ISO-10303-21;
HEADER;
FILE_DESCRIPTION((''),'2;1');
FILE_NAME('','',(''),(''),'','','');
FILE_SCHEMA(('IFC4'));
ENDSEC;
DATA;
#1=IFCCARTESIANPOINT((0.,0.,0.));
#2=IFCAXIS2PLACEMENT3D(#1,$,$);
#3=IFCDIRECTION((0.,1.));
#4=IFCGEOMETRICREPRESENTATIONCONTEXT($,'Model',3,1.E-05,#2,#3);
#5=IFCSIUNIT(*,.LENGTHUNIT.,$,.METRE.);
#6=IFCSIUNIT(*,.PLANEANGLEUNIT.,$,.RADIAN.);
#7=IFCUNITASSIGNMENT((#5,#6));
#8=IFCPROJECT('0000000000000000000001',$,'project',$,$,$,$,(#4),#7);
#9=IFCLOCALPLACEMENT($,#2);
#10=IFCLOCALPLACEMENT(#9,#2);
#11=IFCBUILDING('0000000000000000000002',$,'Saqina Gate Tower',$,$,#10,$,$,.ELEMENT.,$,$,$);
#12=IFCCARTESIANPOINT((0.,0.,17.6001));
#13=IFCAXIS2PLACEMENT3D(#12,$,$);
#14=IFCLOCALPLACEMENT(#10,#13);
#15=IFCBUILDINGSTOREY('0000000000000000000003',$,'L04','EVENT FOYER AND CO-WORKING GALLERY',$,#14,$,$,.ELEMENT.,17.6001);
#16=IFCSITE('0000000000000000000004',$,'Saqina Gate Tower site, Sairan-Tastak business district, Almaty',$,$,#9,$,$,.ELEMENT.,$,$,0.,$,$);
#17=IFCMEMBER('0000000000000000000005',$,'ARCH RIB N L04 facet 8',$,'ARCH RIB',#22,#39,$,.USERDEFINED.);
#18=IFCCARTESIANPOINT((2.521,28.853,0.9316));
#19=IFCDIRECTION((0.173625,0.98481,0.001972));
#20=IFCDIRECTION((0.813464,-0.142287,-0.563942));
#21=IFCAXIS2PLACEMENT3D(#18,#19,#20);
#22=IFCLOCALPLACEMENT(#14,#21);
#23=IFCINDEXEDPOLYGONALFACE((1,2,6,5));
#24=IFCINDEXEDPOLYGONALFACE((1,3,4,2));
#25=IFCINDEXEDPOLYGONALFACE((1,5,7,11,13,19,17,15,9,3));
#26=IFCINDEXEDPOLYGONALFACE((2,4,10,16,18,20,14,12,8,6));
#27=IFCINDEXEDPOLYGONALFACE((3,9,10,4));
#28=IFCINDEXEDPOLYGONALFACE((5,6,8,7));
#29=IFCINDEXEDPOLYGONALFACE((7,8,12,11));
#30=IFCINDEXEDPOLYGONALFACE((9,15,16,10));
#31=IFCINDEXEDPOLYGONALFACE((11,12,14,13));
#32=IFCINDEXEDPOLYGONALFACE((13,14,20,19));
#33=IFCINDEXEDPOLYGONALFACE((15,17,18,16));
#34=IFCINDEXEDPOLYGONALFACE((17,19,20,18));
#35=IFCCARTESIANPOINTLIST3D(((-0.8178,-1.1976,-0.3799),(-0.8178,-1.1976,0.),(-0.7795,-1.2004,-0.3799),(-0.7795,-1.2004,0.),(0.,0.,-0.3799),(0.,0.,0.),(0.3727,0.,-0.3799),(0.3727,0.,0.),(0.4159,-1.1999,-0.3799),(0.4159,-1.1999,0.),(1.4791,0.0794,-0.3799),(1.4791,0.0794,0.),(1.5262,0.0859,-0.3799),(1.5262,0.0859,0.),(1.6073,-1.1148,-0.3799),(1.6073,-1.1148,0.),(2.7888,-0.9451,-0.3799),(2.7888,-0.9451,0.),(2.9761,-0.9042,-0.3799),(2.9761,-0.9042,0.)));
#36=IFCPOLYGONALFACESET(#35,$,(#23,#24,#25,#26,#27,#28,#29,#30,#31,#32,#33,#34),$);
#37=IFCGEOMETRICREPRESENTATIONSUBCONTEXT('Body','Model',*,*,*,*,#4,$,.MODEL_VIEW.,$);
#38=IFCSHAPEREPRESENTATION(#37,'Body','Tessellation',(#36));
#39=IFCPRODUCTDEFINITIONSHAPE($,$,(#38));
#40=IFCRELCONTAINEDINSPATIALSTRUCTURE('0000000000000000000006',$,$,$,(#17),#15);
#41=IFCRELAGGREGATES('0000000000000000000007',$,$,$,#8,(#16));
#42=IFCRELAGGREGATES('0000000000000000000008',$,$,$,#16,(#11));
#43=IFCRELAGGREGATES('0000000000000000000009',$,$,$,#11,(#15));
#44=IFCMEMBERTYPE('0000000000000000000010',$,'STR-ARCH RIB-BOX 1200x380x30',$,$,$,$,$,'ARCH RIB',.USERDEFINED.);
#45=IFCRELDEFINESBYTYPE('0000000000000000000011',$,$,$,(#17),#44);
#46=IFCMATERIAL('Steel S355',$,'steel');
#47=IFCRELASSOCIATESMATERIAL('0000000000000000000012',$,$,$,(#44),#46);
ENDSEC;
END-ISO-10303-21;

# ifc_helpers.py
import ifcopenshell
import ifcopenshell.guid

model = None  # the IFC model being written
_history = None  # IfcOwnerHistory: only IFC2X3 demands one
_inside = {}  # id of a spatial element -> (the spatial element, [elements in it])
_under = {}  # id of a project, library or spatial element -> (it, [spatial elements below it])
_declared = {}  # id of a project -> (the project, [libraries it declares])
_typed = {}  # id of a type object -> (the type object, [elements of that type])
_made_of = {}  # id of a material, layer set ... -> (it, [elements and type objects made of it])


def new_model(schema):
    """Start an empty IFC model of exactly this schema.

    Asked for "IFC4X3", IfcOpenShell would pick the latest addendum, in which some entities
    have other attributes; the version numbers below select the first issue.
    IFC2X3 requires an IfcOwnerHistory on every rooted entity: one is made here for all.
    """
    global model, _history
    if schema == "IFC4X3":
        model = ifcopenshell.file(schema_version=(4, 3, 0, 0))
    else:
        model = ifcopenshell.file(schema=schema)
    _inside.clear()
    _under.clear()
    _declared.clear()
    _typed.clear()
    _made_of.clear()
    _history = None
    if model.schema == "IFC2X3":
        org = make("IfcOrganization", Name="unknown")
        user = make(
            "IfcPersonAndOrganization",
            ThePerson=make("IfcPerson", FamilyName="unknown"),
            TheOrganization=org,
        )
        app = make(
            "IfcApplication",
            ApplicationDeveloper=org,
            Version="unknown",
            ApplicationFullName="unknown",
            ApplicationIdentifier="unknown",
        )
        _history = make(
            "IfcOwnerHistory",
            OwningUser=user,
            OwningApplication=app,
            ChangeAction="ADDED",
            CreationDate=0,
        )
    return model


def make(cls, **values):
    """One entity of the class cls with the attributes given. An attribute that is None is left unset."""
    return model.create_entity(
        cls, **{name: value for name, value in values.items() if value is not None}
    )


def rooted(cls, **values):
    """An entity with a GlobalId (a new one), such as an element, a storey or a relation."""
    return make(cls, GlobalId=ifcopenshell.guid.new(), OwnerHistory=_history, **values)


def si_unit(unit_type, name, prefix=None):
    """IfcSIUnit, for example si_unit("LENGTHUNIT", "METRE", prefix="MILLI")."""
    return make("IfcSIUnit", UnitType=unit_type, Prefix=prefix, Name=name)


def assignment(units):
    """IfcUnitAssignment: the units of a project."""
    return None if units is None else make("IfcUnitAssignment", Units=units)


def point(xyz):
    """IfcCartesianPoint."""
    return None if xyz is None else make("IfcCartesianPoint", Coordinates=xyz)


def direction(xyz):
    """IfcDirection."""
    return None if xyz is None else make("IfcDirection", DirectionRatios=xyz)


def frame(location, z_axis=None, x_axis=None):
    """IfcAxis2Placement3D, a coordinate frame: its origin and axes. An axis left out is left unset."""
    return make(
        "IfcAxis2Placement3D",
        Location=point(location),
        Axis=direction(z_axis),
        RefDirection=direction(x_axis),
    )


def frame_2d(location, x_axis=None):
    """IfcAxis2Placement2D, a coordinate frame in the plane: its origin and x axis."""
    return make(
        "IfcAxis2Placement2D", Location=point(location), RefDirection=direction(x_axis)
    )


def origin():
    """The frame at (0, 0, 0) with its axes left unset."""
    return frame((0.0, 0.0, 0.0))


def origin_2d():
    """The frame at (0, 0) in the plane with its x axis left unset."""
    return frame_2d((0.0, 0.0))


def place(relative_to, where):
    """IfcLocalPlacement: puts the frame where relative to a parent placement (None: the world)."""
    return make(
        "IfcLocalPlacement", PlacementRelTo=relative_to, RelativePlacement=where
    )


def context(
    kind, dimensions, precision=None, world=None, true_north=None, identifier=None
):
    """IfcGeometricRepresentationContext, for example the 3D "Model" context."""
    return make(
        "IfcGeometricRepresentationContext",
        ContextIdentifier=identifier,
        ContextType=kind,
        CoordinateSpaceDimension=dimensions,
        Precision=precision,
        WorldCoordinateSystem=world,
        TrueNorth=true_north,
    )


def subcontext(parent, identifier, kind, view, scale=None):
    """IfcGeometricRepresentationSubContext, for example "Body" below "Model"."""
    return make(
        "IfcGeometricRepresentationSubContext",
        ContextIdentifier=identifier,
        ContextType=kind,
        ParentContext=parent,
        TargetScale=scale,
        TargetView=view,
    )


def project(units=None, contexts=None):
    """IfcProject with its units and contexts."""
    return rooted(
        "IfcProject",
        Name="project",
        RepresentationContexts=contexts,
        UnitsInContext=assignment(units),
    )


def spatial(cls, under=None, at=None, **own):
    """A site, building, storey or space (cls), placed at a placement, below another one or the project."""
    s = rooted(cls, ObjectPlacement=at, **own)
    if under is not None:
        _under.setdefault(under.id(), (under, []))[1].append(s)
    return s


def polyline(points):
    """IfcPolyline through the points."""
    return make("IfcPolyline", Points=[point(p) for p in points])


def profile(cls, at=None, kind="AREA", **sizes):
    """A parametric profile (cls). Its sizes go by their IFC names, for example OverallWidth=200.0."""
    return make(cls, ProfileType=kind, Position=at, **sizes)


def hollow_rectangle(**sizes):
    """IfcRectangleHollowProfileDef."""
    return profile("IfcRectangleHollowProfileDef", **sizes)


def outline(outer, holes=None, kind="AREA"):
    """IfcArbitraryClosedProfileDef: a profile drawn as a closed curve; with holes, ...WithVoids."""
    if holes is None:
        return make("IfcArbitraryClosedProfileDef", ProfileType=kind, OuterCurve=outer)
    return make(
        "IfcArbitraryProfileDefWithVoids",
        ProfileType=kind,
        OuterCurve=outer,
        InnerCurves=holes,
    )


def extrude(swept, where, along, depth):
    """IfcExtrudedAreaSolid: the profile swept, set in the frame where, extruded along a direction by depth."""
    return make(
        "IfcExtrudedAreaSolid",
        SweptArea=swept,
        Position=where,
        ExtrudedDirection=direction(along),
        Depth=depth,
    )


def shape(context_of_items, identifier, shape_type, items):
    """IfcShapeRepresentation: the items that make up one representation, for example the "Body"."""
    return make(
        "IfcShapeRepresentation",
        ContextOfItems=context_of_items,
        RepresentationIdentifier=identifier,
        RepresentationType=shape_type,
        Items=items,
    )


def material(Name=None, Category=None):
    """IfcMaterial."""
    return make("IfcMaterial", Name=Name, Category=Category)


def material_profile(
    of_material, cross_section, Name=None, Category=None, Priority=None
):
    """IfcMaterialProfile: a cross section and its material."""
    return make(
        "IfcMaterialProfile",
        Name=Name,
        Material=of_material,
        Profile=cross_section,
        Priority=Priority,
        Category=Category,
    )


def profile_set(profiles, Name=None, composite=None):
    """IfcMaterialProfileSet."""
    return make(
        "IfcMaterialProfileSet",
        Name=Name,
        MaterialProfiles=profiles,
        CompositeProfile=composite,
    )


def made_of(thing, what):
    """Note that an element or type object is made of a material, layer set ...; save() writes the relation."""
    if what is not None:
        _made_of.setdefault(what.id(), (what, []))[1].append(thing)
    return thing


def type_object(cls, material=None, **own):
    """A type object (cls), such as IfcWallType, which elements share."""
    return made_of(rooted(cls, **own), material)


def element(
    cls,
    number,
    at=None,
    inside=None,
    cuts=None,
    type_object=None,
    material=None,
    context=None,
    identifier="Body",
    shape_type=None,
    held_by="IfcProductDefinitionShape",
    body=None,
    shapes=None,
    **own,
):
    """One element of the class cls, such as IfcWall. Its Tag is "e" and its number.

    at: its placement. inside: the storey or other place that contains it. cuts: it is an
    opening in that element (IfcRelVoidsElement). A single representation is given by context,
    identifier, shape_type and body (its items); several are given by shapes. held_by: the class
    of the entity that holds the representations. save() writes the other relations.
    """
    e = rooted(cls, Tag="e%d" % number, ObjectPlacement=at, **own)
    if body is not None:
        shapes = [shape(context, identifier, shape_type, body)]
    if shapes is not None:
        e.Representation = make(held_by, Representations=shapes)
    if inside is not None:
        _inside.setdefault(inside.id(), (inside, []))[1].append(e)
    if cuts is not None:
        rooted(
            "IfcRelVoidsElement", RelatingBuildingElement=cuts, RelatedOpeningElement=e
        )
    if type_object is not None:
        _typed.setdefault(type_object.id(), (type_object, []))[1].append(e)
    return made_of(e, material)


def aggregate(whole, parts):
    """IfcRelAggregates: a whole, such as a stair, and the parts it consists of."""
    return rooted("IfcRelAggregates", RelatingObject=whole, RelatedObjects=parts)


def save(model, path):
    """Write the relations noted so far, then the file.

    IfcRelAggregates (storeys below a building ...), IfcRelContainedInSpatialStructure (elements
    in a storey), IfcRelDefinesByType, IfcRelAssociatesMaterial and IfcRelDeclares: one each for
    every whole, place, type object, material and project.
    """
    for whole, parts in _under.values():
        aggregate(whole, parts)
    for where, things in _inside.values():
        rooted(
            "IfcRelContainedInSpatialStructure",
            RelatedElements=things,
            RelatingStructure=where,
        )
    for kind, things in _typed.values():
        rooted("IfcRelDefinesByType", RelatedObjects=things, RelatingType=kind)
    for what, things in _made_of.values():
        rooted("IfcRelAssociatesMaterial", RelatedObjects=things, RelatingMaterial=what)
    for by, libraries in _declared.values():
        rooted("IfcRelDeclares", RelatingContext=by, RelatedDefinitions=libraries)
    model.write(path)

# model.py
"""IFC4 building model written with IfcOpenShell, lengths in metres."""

from ifc_helpers import new_model, si_unit, direction, frame, origin, origin_2d, place, context, subcontext, project, spatial, polyline, hollow_rectangle, outline, extrude, material, material_profile, profile_set, type_object, element, save


model = new_model("IFC4")

# Units and contexts
model_context = context("Model", 3, precision=1e-05, world=origin(), true_north=direction((0.0, 1.0)))
body_context = subcontext(model_context, "Body", "Model", "MODEL_VIEW")
ifc_project = project(units=[si_unit("LENGTHUNIT", "METRE"), si_unit("PLANEANGLEUNIT", "RADIAN")], contexts=[model_context])

# Site, building, storey
site_placement = place(None, origin())
site = spatial("IfcSite", under=ifc_project, at=site_placement, Name="Saqina Gate Tower site, Sairan-Tastak business district, Almaty", CompositionType="ELEMENT", RefElevation=0.0)
building_placement = place(site_placement, origin())
building = spatial("IfcBuilding", under=site, at=building_placement, Name="Saqina Gate Tower", CompositionType="ELEMENT")
storey_placement = place(building_placement, frame((0.0, 0.0, 17.6001)))
storey = spatial("IfcBuildingStorey", under=building, at=storey_placement, Name="L04", Description="EVENT FOYER AND CO-WORKING GALLERY", CompositionType="ELEMENT", Elevation=17.6001)

# Member
ifc_material_1 = material(Name="Steel S355", Category="steel")
ifc_material_profile_1 = material_profile(ifc_material_1, hollow_rectangle(XDim=1.2, YDim=0.3799, WallThickness=0.03, at=origin_2d()), Name="BOX 1200x380x30")
ifc_profile_set_1 = profile_set([ifc_material_profile_1], Name="Steel S355")
member_type_1 = type_object("IfcMemberType", Name="STR-ARCH RIB-BOX 1200x380x30", ElementType="ARCH RIB", PredefinedType="USERDEFINED", material=ifc_profile_set_1)
member_1_placement = place(storey_placement, frame((2.521, 28.853, 0.9316), z_axis=(0.173625, 0.98481, 0.001972), x_axis=(0.813464, -0.142287, -0.563942)))
element("IfcMember", 1, at=member_1_placement, inside=storey, type_object=member_type_1, Name="ARCH RIB N L04 facet 8", ObjectType="ARCH RIB", PredefinedType="USERDEFINED", context=body_context, shape_type="SweptSolid", body=[
    extrude(outline(polyline([(0.0, 0.0), (0.3727, 0.0), (1.4791, 0.0794), (1.5262, 0.0859), (2.9761, -0.9042), (2.7888, -0.9451), (1.6073, -1.1148), (0.4159, -1.1999), (-0.7795, -1.2004), (-0.8178, -1.1976), (0.0, 0.0)])), origin(), (0.0, 0.0, -1.0), 0.3799),
])

save(model, "model.ifc")
